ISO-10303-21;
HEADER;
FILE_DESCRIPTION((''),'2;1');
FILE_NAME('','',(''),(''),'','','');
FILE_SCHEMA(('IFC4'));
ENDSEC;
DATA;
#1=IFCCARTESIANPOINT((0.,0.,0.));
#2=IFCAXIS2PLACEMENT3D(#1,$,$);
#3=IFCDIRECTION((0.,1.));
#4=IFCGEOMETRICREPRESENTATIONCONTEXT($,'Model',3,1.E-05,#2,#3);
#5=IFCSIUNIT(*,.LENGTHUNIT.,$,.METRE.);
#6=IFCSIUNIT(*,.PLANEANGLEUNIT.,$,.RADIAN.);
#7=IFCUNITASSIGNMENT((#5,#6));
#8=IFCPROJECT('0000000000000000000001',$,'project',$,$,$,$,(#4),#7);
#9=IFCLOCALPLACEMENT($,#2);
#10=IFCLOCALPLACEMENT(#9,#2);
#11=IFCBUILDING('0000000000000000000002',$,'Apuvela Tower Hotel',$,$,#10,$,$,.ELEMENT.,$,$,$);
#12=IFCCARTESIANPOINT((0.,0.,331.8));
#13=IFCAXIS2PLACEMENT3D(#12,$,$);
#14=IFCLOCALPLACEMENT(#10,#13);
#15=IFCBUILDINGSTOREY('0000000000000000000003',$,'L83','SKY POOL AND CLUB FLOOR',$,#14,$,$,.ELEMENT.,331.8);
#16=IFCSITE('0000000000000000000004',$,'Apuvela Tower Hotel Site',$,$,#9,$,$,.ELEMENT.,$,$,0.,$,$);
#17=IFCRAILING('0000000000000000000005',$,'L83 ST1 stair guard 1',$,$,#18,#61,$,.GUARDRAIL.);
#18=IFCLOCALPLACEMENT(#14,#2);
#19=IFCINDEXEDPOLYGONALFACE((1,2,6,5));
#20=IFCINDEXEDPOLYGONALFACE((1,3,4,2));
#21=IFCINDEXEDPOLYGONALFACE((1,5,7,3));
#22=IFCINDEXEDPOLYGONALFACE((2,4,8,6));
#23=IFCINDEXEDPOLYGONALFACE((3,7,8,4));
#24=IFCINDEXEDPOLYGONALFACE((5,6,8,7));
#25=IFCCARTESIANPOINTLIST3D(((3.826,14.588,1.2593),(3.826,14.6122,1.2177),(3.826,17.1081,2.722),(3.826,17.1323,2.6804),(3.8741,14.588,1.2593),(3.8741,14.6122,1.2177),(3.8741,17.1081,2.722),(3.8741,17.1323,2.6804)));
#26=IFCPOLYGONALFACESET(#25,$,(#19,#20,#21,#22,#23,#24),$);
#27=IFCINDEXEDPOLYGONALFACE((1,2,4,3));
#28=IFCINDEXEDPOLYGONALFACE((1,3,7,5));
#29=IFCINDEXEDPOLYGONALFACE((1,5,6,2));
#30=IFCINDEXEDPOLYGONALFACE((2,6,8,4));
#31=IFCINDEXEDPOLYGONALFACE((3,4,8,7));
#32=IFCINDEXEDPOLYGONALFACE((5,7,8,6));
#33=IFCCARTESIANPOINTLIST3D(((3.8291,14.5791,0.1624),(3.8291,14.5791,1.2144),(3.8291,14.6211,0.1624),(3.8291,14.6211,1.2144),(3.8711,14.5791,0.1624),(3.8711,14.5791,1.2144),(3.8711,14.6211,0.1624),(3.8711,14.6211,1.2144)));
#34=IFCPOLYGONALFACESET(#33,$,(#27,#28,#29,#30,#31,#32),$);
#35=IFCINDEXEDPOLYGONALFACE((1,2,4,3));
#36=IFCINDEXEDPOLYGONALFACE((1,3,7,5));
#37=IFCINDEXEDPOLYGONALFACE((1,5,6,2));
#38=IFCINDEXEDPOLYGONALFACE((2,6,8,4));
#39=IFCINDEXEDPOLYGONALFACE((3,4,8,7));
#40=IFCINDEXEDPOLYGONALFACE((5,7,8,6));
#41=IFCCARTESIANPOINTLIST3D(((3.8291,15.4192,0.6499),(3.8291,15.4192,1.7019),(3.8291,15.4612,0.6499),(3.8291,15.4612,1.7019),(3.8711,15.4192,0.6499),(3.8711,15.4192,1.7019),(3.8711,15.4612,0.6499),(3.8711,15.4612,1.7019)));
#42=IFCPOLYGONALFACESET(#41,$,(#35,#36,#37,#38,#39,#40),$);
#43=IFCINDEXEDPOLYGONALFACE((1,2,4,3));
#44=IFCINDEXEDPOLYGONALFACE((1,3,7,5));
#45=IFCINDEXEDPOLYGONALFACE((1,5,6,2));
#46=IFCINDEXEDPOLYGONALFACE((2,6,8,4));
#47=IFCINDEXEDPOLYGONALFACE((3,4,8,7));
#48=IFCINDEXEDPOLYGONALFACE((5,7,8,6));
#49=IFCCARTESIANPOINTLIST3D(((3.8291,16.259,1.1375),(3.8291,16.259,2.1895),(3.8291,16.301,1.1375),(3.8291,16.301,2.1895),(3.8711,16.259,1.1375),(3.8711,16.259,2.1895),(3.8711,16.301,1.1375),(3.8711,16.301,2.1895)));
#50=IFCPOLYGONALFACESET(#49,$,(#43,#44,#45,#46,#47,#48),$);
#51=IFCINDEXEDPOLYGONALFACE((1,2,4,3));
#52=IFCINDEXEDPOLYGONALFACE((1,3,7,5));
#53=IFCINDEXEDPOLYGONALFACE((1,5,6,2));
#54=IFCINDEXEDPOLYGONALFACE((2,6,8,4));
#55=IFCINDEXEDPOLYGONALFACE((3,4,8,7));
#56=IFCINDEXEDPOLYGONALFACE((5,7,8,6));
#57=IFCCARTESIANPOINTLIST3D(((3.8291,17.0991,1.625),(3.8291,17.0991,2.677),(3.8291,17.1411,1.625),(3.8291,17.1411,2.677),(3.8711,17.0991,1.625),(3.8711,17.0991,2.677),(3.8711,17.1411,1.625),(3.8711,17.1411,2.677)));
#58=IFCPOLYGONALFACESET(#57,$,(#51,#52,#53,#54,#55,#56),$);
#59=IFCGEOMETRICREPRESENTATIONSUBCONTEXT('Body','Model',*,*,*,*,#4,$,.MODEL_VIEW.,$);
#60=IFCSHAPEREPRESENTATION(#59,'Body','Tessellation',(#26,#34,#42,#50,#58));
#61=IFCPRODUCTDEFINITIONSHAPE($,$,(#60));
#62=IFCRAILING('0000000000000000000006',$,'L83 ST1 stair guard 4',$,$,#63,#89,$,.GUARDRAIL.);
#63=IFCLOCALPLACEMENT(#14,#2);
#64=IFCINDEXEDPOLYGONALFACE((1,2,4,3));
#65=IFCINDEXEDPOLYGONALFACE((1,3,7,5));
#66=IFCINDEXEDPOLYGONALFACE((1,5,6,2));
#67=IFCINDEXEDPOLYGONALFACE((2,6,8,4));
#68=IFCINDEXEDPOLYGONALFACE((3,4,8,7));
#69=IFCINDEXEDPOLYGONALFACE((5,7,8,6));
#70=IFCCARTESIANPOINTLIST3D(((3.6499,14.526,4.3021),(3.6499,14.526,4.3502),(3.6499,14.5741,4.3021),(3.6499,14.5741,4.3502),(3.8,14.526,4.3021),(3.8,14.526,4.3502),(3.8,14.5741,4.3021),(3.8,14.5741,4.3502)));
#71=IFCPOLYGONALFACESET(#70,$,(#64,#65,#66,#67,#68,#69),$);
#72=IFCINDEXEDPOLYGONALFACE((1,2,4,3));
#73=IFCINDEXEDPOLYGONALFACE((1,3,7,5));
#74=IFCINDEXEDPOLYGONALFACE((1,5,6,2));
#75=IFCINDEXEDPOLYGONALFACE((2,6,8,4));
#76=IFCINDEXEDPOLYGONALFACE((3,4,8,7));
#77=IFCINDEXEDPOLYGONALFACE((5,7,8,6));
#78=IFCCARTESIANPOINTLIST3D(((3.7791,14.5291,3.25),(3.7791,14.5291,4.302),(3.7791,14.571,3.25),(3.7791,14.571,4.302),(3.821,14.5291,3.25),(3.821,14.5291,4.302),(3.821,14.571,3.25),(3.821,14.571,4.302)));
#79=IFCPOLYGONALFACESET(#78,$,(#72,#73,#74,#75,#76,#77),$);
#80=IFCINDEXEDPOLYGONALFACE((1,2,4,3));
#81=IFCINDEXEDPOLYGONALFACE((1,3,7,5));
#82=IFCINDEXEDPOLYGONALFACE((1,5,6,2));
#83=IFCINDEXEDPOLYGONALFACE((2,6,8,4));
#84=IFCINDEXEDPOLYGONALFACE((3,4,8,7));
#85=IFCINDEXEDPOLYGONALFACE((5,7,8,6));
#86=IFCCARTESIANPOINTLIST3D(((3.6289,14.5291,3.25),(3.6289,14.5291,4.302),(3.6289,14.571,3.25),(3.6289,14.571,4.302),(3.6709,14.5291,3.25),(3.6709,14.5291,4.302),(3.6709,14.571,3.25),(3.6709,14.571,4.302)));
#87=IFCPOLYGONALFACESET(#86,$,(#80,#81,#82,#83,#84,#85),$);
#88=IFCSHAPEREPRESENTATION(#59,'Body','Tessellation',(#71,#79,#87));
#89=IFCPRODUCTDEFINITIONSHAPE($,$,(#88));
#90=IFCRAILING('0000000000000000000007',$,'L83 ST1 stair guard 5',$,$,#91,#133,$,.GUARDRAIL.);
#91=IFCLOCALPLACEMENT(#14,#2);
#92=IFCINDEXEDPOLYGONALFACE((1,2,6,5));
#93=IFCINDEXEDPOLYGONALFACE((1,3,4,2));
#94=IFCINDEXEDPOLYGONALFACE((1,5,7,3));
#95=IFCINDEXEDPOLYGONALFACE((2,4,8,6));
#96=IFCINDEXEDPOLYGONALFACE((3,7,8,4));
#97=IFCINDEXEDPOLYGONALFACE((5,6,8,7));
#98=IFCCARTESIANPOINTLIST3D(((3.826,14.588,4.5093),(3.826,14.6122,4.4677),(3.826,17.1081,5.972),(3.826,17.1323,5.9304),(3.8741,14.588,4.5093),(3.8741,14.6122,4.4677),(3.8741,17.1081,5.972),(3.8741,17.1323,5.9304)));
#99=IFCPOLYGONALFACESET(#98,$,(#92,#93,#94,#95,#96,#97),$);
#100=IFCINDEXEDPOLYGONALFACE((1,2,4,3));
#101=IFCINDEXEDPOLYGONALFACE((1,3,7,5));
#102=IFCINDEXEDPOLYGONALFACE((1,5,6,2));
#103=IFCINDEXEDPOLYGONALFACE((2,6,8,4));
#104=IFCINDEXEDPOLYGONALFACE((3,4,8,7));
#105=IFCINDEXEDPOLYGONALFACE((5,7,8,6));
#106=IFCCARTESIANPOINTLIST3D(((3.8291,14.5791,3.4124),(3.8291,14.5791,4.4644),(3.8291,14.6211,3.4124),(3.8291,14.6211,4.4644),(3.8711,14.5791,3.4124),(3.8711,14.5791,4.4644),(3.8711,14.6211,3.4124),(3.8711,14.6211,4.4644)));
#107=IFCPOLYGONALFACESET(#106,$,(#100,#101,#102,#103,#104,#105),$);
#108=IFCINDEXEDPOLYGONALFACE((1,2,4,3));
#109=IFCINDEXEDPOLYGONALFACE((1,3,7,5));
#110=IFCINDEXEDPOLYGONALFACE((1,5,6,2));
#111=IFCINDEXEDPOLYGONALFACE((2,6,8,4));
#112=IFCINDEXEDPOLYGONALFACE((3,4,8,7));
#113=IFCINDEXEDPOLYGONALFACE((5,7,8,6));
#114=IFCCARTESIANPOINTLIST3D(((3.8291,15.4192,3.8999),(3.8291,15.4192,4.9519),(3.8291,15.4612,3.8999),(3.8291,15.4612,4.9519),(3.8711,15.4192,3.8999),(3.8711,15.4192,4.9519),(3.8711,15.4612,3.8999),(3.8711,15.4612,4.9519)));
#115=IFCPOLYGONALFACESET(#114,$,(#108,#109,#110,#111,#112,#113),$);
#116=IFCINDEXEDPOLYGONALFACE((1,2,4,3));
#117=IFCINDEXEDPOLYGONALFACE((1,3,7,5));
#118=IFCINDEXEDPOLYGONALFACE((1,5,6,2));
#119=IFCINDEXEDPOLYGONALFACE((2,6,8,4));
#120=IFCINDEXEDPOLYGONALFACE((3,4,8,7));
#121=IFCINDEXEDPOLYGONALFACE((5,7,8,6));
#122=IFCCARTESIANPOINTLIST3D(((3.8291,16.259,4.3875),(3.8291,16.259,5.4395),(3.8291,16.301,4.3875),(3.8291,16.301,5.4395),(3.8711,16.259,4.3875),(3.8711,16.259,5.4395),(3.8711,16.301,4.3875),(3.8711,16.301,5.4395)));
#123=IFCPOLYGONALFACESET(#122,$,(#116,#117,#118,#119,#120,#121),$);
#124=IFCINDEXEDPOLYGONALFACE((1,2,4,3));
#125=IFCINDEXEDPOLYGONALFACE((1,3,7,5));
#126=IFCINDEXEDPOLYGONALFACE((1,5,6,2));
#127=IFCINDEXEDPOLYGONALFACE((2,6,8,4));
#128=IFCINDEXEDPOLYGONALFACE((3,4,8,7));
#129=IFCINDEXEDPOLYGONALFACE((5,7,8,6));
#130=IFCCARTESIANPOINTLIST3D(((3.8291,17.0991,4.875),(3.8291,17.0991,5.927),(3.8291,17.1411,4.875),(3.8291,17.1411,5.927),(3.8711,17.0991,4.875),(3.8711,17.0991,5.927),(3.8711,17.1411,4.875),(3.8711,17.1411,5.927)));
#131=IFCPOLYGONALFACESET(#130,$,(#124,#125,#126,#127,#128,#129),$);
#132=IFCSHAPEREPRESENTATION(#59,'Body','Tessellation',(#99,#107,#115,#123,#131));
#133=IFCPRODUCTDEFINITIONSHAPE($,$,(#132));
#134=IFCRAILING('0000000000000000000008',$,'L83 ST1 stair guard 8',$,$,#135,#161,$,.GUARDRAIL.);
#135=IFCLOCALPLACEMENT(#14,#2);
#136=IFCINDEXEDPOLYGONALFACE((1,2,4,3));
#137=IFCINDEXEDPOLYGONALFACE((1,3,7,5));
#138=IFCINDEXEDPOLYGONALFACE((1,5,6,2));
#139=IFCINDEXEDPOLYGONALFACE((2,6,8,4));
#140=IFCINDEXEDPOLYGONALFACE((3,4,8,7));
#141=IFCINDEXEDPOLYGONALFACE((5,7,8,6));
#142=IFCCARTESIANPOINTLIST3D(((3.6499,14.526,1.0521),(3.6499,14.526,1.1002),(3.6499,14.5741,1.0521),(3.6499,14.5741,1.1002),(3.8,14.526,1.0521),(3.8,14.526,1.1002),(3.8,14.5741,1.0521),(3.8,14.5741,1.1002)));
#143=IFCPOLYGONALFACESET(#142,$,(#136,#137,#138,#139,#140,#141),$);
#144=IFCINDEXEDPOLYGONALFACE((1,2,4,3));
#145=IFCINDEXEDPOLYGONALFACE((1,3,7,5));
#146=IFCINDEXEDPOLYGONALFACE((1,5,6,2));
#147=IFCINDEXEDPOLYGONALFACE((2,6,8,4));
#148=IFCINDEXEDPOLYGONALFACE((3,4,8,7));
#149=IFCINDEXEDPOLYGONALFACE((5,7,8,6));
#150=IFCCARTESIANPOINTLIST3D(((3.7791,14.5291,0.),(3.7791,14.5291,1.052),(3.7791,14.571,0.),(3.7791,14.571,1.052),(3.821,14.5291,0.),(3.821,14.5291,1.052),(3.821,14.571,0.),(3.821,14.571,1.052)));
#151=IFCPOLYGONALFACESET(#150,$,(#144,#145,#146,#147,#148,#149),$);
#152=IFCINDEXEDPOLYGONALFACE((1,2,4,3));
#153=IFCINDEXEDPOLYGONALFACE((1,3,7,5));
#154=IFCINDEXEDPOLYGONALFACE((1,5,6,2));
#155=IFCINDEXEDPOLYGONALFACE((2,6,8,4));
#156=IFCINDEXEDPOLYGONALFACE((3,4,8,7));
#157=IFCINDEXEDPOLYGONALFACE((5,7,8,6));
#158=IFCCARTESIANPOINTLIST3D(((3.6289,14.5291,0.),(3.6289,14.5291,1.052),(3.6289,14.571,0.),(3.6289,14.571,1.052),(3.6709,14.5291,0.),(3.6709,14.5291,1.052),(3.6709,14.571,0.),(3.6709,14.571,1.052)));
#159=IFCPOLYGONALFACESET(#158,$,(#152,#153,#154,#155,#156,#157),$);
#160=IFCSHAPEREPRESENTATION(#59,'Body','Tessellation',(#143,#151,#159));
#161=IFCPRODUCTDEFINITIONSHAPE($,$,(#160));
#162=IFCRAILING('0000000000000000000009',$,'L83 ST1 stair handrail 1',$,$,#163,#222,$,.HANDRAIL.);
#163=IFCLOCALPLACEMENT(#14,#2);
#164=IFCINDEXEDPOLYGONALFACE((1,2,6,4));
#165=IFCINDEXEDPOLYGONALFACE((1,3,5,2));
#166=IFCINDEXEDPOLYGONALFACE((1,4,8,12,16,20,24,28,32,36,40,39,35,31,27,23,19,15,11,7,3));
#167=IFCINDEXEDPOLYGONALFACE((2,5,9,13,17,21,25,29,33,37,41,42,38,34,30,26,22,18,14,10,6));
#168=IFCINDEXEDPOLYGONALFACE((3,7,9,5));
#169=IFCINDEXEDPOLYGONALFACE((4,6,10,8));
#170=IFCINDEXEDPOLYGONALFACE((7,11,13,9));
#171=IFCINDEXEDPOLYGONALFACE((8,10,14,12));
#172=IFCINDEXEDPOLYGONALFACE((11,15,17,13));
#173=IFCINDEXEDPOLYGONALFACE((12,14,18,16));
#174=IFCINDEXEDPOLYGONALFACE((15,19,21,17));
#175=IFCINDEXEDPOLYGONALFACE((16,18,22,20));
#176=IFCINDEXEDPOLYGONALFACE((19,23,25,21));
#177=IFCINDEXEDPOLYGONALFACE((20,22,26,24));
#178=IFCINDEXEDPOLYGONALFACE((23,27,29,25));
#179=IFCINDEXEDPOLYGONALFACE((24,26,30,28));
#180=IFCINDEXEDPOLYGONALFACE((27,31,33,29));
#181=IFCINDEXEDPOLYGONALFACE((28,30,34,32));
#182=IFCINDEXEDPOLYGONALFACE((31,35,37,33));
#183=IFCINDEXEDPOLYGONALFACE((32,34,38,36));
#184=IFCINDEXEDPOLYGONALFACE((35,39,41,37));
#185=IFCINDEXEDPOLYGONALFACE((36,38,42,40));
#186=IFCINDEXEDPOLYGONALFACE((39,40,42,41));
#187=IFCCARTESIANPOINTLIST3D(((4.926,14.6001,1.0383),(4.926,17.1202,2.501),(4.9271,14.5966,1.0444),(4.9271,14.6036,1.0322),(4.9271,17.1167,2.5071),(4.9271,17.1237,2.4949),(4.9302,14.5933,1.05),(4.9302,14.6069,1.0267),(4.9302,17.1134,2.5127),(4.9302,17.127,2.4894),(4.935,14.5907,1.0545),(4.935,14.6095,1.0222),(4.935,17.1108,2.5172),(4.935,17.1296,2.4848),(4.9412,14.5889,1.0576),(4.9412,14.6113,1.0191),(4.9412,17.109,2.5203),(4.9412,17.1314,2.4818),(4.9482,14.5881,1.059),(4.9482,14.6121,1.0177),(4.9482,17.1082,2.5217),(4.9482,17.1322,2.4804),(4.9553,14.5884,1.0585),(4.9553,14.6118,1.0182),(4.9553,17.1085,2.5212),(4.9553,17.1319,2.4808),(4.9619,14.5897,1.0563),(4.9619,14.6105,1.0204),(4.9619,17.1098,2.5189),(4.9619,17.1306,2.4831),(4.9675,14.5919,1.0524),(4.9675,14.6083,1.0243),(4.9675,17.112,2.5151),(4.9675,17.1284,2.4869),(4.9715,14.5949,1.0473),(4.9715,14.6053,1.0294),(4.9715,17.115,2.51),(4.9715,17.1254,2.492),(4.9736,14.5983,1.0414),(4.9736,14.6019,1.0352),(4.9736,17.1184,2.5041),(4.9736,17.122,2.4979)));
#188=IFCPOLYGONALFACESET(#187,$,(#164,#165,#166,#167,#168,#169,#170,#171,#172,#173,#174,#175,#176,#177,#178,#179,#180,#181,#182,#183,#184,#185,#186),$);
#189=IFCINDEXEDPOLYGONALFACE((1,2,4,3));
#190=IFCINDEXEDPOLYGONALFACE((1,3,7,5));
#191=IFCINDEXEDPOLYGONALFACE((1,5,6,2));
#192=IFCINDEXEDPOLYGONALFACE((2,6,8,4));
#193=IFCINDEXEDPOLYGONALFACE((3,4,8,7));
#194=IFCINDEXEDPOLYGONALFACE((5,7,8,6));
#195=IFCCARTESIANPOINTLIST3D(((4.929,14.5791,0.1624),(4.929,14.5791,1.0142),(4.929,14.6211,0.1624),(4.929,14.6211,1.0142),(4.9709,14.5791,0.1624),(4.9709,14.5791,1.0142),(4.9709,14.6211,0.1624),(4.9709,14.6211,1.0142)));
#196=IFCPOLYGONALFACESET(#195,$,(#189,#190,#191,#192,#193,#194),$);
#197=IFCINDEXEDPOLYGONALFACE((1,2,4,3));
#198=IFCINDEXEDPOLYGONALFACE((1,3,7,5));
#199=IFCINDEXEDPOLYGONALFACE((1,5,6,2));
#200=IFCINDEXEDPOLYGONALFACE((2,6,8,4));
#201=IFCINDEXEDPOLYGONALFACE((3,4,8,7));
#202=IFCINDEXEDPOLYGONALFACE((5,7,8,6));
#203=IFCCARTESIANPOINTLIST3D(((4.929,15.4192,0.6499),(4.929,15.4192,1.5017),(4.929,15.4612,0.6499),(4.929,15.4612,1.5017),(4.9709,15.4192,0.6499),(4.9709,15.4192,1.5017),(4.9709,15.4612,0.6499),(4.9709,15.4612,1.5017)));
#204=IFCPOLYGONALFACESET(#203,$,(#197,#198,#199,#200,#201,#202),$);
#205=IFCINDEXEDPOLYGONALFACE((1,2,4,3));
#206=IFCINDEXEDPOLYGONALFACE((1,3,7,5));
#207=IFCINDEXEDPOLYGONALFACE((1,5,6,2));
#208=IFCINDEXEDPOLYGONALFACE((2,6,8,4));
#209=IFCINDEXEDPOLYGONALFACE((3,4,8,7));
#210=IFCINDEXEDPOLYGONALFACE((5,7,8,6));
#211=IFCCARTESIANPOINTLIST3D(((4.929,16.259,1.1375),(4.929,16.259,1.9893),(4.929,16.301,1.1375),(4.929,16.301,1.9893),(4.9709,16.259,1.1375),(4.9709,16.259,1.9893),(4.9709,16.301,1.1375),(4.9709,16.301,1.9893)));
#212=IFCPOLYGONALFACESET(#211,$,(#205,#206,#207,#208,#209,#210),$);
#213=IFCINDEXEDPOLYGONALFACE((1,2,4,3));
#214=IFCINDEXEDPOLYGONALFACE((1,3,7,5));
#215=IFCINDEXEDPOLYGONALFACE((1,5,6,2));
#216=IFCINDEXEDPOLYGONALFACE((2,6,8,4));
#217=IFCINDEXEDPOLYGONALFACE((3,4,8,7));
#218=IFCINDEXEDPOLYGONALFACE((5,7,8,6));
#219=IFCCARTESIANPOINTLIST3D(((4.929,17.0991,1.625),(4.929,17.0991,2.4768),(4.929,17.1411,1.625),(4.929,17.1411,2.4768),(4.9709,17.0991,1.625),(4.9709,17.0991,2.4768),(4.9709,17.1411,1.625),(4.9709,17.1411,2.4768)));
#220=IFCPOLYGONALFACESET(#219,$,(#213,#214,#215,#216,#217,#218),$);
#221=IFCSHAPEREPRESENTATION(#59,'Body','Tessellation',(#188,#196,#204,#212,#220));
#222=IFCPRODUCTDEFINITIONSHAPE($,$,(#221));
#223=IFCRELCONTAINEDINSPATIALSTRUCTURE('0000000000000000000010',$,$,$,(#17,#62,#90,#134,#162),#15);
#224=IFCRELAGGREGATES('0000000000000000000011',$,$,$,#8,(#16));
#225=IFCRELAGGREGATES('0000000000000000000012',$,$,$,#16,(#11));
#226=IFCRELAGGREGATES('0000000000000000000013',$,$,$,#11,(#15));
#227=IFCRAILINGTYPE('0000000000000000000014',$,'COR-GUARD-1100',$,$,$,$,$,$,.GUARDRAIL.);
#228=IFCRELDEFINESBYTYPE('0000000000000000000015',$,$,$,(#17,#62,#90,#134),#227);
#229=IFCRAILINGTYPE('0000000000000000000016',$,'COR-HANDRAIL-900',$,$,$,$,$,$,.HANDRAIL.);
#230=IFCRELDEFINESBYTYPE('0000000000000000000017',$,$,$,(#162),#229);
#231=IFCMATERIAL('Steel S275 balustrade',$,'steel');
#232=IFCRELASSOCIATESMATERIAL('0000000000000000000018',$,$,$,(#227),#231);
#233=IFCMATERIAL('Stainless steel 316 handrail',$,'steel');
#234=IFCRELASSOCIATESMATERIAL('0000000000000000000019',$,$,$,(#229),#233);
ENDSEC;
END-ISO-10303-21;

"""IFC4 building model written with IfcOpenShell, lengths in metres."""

from ifc_helpers import new_model, si_unit, direction, frame, origin, origin_2d, place, context, subcontext, project, spatial, rectangle, circle, extrude, material, type_object, element, save


model = new_model("IFC4")

# Units and contexts
model_context = context("Model", 3, precision=1e-05, world=origin(), true_north=direction((0.0, 1.0)))
body_context = subcontext(model_context, "Body", "Model", "MODEL_VIEW")
ifc_project = project(units=[si_unit("LENGTHUNIT", "METRE"), si_unit("PLANEANGLEUNIT", "RADIAN")], contexts=[model_context])

# Site, building, storey
site_placement = place(None, origin())
site = spatial("IfcSite", under=ifc_project, at=site_placement, Name="Apuvela Tower Hotel Site", CompositionType="ELEMENT", RefElevation=0.0)
building_placement = place(site_placement, origin())
building = spatial("IfcBuilding", under=site, at=building_placement, Name="Apuvela Tower Hotel", CompositionType="ELEMENT")
storey_placement = place(building_placement, frame((0.0, 0.0, 331.8)))
storey = spatial("IfcBuildingStorey", under=building, at=storey_placement, Name="L83", Description="SKY POOL AND CLUB FLOOR", CompositionType="ELEMENT", Elevation=331.8)

# Railings
ifc_material_1 = material(Name="Steel S275 balustrade", Category="steel")
railing_type_1 = type_object("IfcRailingType", Name="COR-GUARD-1100", PredefinedType="GUARDRAIL", material=ifc_material_1)
railing_1_placement = place(storey_placement, frame((3.8501, 14.6001, 0.1624)))
element("IfcRailing", 1, at=railing_1_placement, inside=storey, type_object=railing_type_1, Name="L83 ST1 stair guard 1", PredefinedType="GUARDRAIL", context=body_context, shape_type="SweptSolid", body=[
    extrude(rectangle(XDim=0.0481, YDim=0.0481, at=origin_2d()), frame((0.0, 0.0, 1.0762), z_axis=(0.0, 0.864877, 0.501984), x_axis=(-1.0, 0.0, 0.0)), (0.0, 0.0, 1.0), 2.9138),
    extrude(rectangle(XDim=0.042, YDim=0.042, at=origin_2d()), origin(), (0.0, 0.0, 1.0), 1.052),
    extrude(rectangle(XDim=0.042, YDim=0.042, at=origin_2d()), frame((0.0, 0.8401, 0.4875)), (0.0, 0.0, 1.0), 1.052),
    extrude(rectangle(XDim=0.042, YDim=0.042, at=origin_2d()), frame((0.0, 1.6799, 0.9751)), (0.0, 0.0, 1.0), 1.052),
    extrude(rectangle(XDim=0.042, YDim=0.042, at=origin_2d()), frame((0.0, 2.52, 1.4626)), (0.0, 0.0, 1.0), 1.052),
])
railing_2_placement = place(storey_placement, frame((3.8, 14.55, 3.25)))
element("IfcRailing", 2, at=railing_2_placement, inside=storey, type_object=railing_type_1, Name="L83 ST1 stair guard 4", PredefinedType="GUARDRAIL", context=body_context, shape_type="SweptSolid", body=[
    extrude(rectangle(XDim=0.0481, YDim=0.0481, at=origin_2d()), frame((0.0, 0.0, 1.0762), z_axis=(-1.0, 0.0, 0.0), x_axis=(0.0, -1.0, 0.0)), (0.0, 0.0, 1.0), 0.1501),
    extrude(rectangle(XDim=0.042, YDim=0.042, at=origin_2d()), origin(), (0.0, 0.0, 1.0), 1.052),
    extrude(rectangle(XDim=0.042, YDim=0.042, at=origin_2d()), frame((-0.1501, 0.0, 0.0)), (0.0, 0.0, 1.0), 1.052),
])
railing_3_placement = place(storey_placement, frame((3.8501, 14.6001, 3.4124)))
element("IfcRailing", 3, at=railing_3_placement, inside=storey, type_object=railing_type_1, Name="L83 ST1 stair guard 5", PredefinedType="GUARDRAIL", context=body_context, shape_type="SweptSolid", body=[
    extrude(rectangle(XDim=0.0481, YDim=0.0481, at=origin_2d()), frame((0.0, 0.0, 1.0762), z_axis=(0.0, 0.864877, 0.501984), x_axis=(-1.0, 0.0, 0.0)), (0.0, 0.0, 1.0), 2.9138),
    extrude(rectangle(XDim=0.042, YDim=0.042, at=origin_2d()), origin(), (0.0, 0.0, 1.0), 1.052),
    extrude(rectangle(XDim=0.042, YDim=0.042, at=origin_2d()), frame((0.0, 0.8401, 0.4875)), (0.0, 0.0, 1.0), 1.052),
    extrude(rectangle(XDim=0.042, YDim=0.042, at=origin_2d()), frame((0.0, 1.6799, 0.9751)), (0.0, 0.0, 1.0), 1.052),
    extrude(rectangle(XDim=0.042, YDim=0.042, at=origin_2d()), frame((0.0, 2.52, 1.4626)), (0.0, 0.0, 1.0), 1.052),
])
railing_4_placement = place(storey_placement, frame((3.8, 14.55, 0.0)))
element("IfcRailing", 4, at=railing_4_placement, inside=storey, type_object=railing_type_1, Name="L83 ST1 stair guard 8", PredefinedType="GUARDRAIL", context=body_context, shape_type="SweptSolid", body=[
    extrude(rectangle(XDim=0.0481, YDim=0.0481, at=origin_2d()), frame((0.0, 0.0, 1.0762), z_axis=(-1.0, 0.0, 0.0), x_axis=(0.0, -1.0, 0.0)), (0.0, 0.0, 1.0), 0.1501),
    extrude(rectangle(XDim=0.042, YDim=0.042, at=origin_2d()), origin(), (0.0, 0.0, 1.0), 1.052),
    extrude(rectangle(XDim=0.042, YDim=0.042, at=origin_2d()), frame((-0.1501, 0.0, 0.0)), (0.0, 0.0, 1.0), 1.052),
])
ifc_material_2 = material(Name="Stainless steel 316 handrail", Category="steel")
railing_type_2 = type_object("IfcRailingType", Name="COR-HANDRAIL-900", PredefinedType="HANDRAIL", material=ifc_material_2)
for number, where, name in (
    (5, (4.95, 14.6001, 0.1624), "L83 ST1 stair handrail 1"),
):
    element("IfcRailing", number, at=place(storey_placement, frame(where)), inside=storey, type_object=railing_type_2, Name=name, PredefinedType="HANDRAIL", context=body_context, shape_type="SweptSolid", body=[
        extrude(circle(Radius=0.0239, at=origin_2d()), frame((0.0, 0.0, 0.876), z_axis=(0.0, 0.864877, 0.501984), x_axis=(-1.0, 0.0, 0.0)), (0.0, 0.0, 1.0), 2.9138),
        extrude(rectangle(XDim=0.042, YDim=0.042, at=origin_2d()), origin(), (0.0, 0.0, 1.0), 0.8518),
        extrude(rectangle(XDim=0.042, YDim=0.042, at=origin_2d()), frame((0.0, 0.8401, 0.4875)), (0.0, 0.0, 1.0), 0.8518),
        extrude(rectangle(XDim=0.042, YDim=0.042, at=origin_2d()), frame((0.0, 1.6799, 0.9751)), (0.0, 0.0, 1.0), 0.8518),
        extrude(rectangle(XDim=0.042, YDim=0.042, at=origin_2d()), frame((0.0, 2.52, 1.4626)), (0.0, 0.0, 1.0), 0.8518),
    ])

save(model, "model.ifc")
